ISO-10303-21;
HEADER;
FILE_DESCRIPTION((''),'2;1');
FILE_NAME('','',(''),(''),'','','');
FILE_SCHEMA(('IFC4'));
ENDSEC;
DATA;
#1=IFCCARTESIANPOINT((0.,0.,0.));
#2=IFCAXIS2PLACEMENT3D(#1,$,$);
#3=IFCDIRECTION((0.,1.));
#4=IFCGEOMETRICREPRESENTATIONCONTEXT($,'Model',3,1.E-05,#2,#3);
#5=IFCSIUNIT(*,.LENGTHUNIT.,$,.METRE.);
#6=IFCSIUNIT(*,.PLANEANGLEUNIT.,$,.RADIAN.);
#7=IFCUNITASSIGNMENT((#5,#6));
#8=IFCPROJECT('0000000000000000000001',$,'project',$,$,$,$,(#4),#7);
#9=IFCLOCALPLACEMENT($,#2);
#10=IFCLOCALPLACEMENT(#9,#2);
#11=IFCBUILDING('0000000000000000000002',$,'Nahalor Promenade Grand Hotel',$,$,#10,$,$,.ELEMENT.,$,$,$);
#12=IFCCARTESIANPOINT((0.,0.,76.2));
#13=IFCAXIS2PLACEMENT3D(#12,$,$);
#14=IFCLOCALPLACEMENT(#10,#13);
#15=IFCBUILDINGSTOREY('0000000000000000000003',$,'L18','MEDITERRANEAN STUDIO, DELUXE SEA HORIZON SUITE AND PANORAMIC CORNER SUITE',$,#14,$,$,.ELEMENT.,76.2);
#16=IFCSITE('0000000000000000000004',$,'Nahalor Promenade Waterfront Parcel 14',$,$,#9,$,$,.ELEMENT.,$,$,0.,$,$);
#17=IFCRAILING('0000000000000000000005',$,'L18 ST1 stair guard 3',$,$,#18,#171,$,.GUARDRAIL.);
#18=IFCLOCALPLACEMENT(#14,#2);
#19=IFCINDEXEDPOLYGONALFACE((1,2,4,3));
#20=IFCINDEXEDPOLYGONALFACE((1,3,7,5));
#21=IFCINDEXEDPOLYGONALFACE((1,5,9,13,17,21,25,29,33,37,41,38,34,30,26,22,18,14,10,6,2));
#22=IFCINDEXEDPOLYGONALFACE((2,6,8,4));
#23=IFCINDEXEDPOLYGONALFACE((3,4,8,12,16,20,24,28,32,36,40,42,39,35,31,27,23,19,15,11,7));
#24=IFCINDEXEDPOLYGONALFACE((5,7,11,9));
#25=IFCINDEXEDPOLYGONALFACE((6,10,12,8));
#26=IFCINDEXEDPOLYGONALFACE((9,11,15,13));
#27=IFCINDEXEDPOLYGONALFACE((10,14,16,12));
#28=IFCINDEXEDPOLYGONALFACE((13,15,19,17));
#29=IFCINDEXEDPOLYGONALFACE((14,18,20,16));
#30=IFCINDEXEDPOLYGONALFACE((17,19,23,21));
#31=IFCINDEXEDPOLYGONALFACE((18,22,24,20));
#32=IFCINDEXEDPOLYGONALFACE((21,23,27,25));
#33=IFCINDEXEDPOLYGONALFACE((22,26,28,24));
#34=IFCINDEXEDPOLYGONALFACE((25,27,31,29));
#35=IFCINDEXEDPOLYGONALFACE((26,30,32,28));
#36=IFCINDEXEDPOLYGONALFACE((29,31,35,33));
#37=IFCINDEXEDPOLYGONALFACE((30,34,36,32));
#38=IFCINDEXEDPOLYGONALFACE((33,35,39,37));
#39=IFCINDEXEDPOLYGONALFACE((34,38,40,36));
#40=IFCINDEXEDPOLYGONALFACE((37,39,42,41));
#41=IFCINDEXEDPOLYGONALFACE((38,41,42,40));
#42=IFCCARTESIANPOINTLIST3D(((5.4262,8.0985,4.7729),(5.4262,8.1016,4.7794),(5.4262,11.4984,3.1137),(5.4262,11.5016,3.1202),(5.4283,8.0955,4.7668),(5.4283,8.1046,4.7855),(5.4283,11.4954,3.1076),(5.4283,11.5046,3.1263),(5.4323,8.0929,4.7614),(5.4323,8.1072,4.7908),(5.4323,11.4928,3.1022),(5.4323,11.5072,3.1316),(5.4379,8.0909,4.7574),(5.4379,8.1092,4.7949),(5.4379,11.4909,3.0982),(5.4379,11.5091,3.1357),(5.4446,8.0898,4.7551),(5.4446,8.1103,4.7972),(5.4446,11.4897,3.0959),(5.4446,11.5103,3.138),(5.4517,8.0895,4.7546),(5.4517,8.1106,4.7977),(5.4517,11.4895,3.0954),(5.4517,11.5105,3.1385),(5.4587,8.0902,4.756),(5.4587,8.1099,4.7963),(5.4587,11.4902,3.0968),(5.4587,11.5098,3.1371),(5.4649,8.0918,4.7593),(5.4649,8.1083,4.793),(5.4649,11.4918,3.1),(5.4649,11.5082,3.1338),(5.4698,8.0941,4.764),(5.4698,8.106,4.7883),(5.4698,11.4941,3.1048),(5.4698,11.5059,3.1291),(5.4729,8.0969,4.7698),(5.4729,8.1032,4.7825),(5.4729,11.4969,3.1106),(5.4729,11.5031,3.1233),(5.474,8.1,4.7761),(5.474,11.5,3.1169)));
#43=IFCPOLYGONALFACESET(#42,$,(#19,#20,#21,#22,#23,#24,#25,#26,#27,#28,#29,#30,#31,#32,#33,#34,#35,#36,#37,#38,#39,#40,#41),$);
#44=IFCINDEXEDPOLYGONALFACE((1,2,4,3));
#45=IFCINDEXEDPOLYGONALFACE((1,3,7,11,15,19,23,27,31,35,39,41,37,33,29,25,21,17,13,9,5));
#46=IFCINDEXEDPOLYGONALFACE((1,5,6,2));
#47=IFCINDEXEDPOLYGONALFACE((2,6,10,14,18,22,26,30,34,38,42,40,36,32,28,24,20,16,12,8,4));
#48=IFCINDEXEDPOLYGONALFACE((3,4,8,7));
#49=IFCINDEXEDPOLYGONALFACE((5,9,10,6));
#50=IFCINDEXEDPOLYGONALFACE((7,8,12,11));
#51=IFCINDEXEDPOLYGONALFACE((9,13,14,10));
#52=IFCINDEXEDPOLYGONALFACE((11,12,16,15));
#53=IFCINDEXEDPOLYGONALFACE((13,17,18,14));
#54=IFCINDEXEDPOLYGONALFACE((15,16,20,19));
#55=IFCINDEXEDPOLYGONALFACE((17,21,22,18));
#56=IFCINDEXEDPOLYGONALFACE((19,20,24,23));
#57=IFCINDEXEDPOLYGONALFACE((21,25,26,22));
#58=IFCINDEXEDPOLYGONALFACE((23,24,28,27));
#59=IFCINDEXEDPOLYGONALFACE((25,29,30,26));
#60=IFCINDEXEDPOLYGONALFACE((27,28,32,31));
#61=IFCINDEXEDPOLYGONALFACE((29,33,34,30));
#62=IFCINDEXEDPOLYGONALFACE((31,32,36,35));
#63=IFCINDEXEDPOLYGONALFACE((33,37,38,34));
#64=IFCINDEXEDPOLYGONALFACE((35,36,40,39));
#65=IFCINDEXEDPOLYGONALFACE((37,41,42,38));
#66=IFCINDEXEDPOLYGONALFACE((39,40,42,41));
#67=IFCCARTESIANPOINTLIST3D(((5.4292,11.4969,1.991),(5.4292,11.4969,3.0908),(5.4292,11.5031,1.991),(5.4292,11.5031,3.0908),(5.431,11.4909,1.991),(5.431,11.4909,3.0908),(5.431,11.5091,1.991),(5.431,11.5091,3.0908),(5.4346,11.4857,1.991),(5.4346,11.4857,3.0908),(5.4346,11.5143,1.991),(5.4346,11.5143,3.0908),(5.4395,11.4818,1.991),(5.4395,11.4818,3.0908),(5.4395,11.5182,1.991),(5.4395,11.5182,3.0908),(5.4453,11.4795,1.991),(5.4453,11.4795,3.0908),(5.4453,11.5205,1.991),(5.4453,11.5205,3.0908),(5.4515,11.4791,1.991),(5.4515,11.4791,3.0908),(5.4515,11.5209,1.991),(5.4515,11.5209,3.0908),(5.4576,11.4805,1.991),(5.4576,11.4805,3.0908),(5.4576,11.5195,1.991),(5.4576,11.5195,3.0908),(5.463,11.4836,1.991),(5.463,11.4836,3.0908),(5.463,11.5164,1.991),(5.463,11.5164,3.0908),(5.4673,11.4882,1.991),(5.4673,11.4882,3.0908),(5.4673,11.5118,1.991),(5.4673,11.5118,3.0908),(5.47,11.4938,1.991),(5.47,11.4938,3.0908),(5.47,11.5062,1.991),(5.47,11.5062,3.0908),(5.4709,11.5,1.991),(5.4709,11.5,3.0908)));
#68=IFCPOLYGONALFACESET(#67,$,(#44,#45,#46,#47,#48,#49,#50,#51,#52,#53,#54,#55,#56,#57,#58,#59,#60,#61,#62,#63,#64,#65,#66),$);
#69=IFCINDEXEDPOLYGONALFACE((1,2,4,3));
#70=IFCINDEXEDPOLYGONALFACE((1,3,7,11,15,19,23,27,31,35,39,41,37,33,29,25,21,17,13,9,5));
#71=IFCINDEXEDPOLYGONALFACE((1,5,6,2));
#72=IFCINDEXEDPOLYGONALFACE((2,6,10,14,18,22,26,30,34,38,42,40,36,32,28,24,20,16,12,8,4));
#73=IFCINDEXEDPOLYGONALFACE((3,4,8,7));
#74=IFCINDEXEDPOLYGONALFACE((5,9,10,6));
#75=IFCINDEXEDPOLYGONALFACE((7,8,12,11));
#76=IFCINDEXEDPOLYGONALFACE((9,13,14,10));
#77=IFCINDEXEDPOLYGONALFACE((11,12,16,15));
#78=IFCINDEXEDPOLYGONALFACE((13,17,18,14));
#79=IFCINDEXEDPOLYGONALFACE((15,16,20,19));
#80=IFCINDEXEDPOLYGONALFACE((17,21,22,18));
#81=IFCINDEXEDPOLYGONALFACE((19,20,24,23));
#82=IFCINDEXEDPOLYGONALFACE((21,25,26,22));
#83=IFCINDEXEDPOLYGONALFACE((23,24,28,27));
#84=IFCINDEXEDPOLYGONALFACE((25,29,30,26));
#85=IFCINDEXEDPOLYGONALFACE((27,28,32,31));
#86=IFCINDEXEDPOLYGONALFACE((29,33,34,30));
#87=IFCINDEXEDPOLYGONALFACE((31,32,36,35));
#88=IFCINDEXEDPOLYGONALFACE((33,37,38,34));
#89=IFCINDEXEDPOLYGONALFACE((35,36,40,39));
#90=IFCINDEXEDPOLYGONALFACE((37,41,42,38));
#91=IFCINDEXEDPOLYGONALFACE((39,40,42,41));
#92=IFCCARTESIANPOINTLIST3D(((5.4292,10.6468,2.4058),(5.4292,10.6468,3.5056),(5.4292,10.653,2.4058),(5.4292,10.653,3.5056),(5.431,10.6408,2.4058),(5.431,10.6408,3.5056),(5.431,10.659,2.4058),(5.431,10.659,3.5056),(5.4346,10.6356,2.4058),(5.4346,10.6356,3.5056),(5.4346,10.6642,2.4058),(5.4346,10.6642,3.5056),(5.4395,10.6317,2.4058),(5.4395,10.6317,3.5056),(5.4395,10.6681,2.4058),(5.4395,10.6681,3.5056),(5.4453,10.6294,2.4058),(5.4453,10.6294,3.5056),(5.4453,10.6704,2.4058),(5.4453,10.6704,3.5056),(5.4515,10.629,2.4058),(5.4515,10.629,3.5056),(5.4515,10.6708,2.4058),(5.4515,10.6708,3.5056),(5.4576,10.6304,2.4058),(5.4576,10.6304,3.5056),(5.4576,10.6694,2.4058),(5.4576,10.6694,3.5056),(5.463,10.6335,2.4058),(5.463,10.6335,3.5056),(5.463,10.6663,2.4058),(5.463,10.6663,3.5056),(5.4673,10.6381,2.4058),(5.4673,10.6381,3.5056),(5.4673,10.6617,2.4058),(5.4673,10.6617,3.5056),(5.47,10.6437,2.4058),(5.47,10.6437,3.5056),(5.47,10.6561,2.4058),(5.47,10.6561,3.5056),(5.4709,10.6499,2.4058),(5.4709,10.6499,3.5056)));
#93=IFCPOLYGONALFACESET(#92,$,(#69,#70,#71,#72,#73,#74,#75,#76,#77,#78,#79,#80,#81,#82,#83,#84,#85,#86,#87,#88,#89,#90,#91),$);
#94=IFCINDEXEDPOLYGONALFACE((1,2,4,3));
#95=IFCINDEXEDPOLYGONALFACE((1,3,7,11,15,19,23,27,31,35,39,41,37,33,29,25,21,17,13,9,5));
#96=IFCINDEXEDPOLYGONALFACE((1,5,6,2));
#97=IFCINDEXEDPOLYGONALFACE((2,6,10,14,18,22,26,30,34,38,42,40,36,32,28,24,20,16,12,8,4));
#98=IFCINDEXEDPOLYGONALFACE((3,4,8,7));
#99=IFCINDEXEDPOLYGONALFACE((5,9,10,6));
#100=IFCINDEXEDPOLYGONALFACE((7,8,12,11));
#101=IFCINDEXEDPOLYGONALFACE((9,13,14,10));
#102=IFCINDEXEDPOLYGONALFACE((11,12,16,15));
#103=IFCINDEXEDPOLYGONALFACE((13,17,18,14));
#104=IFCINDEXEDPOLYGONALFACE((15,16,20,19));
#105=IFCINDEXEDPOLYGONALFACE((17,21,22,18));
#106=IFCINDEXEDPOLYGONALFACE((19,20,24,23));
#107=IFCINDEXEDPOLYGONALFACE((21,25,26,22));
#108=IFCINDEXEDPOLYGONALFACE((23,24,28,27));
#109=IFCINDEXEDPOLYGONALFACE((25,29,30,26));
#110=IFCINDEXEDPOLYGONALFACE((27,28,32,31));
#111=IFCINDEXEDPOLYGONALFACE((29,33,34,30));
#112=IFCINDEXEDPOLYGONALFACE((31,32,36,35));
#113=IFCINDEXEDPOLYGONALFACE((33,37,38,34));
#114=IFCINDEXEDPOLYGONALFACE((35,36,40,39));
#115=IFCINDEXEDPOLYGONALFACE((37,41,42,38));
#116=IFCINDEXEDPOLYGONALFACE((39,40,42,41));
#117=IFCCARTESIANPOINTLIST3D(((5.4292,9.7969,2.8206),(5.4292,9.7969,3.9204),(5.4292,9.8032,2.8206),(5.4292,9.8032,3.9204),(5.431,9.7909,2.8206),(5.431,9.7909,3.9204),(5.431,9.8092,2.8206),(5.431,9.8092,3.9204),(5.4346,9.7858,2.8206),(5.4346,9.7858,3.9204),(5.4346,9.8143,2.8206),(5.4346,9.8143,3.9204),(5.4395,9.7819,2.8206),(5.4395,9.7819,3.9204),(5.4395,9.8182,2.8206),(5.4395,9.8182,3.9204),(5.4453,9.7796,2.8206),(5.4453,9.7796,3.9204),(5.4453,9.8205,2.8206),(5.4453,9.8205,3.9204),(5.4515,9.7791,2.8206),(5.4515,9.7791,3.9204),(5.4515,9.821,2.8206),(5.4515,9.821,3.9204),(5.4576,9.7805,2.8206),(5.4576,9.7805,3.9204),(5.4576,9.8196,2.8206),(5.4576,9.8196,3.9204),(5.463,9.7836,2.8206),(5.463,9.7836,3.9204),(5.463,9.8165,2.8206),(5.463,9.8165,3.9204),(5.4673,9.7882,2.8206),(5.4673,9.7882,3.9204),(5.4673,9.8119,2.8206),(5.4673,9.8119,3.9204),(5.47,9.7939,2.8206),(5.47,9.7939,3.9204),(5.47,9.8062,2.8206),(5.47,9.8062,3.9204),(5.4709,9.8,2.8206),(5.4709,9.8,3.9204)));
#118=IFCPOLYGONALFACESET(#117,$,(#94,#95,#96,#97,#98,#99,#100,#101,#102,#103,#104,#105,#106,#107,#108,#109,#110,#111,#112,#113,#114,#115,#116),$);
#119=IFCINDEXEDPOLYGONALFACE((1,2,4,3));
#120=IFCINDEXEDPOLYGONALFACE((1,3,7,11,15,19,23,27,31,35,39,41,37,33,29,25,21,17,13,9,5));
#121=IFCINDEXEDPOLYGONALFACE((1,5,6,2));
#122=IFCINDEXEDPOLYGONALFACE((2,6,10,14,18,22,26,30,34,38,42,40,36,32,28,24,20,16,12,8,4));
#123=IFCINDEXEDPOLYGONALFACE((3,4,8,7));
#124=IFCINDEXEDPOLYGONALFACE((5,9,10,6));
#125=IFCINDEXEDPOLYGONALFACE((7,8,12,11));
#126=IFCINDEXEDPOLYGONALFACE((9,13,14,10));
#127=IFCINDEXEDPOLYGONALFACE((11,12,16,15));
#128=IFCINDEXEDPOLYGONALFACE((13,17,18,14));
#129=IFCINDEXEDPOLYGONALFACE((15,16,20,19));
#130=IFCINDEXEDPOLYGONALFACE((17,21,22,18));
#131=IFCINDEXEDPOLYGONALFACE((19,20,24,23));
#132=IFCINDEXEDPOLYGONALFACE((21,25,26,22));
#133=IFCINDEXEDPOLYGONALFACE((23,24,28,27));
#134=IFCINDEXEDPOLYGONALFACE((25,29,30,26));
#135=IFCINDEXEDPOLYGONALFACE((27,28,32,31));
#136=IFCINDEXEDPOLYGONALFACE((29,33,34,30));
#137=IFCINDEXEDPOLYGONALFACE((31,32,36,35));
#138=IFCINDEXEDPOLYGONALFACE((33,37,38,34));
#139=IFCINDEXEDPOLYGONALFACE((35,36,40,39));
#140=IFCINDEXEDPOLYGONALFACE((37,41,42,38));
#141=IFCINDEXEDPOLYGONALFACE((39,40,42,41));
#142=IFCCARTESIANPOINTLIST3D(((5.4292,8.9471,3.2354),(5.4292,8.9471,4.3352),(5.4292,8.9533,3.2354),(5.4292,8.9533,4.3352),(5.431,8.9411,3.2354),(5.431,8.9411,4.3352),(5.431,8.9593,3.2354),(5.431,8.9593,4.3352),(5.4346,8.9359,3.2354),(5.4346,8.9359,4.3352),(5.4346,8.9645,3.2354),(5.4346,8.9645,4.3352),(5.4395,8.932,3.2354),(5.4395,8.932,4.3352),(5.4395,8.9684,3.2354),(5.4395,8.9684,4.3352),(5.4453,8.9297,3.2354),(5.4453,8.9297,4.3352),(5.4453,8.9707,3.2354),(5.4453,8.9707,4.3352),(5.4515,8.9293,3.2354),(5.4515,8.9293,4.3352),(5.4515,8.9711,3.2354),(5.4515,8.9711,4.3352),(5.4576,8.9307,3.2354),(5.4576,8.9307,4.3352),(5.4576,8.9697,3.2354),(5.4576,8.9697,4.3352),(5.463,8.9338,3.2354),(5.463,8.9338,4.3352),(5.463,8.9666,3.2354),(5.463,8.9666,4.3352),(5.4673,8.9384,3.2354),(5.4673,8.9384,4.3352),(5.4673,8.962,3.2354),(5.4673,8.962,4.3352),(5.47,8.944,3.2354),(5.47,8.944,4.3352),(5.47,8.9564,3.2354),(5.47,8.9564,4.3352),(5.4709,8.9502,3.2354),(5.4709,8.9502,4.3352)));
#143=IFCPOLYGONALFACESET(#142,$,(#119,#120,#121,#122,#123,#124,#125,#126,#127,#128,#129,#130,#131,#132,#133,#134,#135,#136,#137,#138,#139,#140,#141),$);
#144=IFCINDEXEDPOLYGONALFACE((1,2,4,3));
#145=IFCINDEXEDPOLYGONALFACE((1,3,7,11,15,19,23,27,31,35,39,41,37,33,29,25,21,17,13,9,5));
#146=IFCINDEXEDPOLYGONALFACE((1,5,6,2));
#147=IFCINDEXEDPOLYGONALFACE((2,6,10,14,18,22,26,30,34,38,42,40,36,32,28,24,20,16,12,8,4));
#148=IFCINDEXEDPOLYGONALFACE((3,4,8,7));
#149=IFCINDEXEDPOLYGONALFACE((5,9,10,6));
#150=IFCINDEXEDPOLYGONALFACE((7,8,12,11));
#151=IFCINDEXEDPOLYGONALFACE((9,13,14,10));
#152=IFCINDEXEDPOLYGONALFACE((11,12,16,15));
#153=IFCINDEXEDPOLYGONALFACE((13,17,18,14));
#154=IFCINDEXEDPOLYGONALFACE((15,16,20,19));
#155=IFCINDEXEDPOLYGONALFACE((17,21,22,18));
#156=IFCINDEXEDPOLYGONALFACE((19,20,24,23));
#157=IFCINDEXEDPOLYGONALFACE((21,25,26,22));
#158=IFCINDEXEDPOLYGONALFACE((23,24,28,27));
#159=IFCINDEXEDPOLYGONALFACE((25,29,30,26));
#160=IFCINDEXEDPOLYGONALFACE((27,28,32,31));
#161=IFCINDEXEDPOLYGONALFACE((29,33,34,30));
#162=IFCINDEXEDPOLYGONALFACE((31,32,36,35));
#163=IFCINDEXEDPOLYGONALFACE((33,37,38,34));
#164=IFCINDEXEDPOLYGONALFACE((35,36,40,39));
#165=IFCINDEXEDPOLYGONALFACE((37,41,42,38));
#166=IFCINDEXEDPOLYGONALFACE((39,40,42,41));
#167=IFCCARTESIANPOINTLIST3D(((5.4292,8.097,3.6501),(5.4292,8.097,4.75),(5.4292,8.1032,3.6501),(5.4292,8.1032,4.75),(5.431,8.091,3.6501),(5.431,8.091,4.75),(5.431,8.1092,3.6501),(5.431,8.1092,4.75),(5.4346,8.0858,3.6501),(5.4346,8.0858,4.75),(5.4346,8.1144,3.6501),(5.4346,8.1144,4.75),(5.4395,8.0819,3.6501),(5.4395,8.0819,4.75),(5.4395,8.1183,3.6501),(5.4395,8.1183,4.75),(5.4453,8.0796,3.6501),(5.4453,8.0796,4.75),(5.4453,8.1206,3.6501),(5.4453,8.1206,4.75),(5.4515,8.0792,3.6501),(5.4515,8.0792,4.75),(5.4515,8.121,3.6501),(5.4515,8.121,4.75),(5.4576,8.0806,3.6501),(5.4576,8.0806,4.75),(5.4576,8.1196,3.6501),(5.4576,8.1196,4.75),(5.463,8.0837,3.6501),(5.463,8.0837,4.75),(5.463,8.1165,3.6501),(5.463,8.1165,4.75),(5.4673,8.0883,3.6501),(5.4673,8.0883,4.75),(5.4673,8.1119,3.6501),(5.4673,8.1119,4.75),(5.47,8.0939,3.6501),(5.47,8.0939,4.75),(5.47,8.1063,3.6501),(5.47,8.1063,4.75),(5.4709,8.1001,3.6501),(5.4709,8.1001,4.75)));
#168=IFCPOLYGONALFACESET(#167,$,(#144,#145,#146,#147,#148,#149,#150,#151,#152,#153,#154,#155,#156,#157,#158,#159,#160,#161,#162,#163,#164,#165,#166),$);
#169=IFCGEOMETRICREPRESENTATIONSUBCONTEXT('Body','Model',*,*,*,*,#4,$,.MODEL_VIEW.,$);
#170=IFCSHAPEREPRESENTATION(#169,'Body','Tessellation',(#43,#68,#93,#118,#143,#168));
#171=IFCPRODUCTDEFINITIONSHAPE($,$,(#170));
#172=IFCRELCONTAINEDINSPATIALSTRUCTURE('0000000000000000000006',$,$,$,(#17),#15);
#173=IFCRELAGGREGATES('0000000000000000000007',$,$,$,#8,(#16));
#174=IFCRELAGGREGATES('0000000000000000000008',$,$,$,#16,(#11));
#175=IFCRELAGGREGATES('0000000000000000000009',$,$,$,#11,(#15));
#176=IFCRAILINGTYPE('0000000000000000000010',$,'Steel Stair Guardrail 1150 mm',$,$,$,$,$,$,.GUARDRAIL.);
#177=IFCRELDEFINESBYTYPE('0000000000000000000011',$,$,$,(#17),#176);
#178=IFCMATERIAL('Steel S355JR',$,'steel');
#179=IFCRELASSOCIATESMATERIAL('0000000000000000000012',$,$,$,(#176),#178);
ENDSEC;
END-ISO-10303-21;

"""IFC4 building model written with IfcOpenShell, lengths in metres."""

from ifc_helpers import new_model, si_unit, direction, frame, origin, origin_2d, place, context, subcontext, project, spatial, circle, extrude, material, type_object, element, save


model = new_model("IFC4")

# Units and contexts
model_context = context("Model", 3, precision=1e-05, world=origin(), true_north=direction((0.0, 1.0)))
body_context = subcontext(model_context, "Body", "Model", "MODEL_VIEW")
ifc_project = project(units=[si_unit("LENGTHUNIT", "METRE"), si_unit("PLANEANGLEUNIT", "RADIAN")], contexts=[model_context])

# Site, building, storey
site_placement = place(None, origin())
site = spatial("IfcSite", under=ifc_project, at=site_placement, Name="Nahalor Promenade Waterfront Parcel 14", CompositionType="ELEMENT", RefElevation=0.0)
building_placement = place(site_placement, origin())
building = spatial("IfcBuilding", under=site, at=building_placement, Name="Nahalor Promenade Grand Hotel", CompositionType="ELEMENT")
storey_placement = place(building_placement, frame((0.0, 0.0, 76.2)))
storey = spatial("IfcBuildingStorey", under=building, at=storey_placement, Name="L18", Description="MEDITERRANEAN STUDIO, DELUXE SEA HORIZON SUITE AND PANORAMIC CORNER SUITE", CompositionType="ELEMENT", Elevation=76.2)

# Shared definitions
ifc_material_1 = material(Name="Steel S355JR", Category="steel")

# Railing
railing_type_1 = type_object("IfcRailingType", Name="Steel Stair Guardrail 1150 mm", PredefinedType="GUARDRAIL", material=ifc_material_1)
railing_1_placement = place(storey_placement, frame((5.45, 11.5, 1.991)))
element("IfcRailing", 1, at=railing_1_placement, inside=storey, type_object=railing_type_1, Name="L18 ST1 stair guard 3", PredefinedType="GUARDRAIL", context=body_context, shape_type="SweptSolid", body=[
    extrude(circle(Radius=0.024, at=origin_2d()), frame((0.0, 0.0, 1.126), z_axis=(0.0, -0.898696, 0.438571), x_axis=(1.0, 0.0, 0.0)), (0.0, 0.0, 1.0), 3.7832),
    extrude(circle(Radius=0.021, at=origin_2d()), origin(), (0.0, 0.0, 1.0), 1.0999),
    extrude(circle(Radius=0.021, at=origin_2d()), frame((0.0, -0.8501, 0.4148)), (0.0, 0.0, 1.0), 1.0999),
    extrude(circle(Radius=0.021, at=origin_2d()), frame((0.0, -1.7, 0.8296)), (0.0, 0.0, 1.0), 1.0999),
    extrude(circle(Radius=0.021, at=origin_2d()), frame((0.0, -2.5498, 1.2444)), (0.0, 0.0, 1.0), 1.0999),
    extrude(circle(Radius=0.021, at=origin_2d()), frame((0.0, -3.3999, 1.6592)), (0.0, 0.0, 1.0), 1.0999),
])

save(model, "model.ifc")
